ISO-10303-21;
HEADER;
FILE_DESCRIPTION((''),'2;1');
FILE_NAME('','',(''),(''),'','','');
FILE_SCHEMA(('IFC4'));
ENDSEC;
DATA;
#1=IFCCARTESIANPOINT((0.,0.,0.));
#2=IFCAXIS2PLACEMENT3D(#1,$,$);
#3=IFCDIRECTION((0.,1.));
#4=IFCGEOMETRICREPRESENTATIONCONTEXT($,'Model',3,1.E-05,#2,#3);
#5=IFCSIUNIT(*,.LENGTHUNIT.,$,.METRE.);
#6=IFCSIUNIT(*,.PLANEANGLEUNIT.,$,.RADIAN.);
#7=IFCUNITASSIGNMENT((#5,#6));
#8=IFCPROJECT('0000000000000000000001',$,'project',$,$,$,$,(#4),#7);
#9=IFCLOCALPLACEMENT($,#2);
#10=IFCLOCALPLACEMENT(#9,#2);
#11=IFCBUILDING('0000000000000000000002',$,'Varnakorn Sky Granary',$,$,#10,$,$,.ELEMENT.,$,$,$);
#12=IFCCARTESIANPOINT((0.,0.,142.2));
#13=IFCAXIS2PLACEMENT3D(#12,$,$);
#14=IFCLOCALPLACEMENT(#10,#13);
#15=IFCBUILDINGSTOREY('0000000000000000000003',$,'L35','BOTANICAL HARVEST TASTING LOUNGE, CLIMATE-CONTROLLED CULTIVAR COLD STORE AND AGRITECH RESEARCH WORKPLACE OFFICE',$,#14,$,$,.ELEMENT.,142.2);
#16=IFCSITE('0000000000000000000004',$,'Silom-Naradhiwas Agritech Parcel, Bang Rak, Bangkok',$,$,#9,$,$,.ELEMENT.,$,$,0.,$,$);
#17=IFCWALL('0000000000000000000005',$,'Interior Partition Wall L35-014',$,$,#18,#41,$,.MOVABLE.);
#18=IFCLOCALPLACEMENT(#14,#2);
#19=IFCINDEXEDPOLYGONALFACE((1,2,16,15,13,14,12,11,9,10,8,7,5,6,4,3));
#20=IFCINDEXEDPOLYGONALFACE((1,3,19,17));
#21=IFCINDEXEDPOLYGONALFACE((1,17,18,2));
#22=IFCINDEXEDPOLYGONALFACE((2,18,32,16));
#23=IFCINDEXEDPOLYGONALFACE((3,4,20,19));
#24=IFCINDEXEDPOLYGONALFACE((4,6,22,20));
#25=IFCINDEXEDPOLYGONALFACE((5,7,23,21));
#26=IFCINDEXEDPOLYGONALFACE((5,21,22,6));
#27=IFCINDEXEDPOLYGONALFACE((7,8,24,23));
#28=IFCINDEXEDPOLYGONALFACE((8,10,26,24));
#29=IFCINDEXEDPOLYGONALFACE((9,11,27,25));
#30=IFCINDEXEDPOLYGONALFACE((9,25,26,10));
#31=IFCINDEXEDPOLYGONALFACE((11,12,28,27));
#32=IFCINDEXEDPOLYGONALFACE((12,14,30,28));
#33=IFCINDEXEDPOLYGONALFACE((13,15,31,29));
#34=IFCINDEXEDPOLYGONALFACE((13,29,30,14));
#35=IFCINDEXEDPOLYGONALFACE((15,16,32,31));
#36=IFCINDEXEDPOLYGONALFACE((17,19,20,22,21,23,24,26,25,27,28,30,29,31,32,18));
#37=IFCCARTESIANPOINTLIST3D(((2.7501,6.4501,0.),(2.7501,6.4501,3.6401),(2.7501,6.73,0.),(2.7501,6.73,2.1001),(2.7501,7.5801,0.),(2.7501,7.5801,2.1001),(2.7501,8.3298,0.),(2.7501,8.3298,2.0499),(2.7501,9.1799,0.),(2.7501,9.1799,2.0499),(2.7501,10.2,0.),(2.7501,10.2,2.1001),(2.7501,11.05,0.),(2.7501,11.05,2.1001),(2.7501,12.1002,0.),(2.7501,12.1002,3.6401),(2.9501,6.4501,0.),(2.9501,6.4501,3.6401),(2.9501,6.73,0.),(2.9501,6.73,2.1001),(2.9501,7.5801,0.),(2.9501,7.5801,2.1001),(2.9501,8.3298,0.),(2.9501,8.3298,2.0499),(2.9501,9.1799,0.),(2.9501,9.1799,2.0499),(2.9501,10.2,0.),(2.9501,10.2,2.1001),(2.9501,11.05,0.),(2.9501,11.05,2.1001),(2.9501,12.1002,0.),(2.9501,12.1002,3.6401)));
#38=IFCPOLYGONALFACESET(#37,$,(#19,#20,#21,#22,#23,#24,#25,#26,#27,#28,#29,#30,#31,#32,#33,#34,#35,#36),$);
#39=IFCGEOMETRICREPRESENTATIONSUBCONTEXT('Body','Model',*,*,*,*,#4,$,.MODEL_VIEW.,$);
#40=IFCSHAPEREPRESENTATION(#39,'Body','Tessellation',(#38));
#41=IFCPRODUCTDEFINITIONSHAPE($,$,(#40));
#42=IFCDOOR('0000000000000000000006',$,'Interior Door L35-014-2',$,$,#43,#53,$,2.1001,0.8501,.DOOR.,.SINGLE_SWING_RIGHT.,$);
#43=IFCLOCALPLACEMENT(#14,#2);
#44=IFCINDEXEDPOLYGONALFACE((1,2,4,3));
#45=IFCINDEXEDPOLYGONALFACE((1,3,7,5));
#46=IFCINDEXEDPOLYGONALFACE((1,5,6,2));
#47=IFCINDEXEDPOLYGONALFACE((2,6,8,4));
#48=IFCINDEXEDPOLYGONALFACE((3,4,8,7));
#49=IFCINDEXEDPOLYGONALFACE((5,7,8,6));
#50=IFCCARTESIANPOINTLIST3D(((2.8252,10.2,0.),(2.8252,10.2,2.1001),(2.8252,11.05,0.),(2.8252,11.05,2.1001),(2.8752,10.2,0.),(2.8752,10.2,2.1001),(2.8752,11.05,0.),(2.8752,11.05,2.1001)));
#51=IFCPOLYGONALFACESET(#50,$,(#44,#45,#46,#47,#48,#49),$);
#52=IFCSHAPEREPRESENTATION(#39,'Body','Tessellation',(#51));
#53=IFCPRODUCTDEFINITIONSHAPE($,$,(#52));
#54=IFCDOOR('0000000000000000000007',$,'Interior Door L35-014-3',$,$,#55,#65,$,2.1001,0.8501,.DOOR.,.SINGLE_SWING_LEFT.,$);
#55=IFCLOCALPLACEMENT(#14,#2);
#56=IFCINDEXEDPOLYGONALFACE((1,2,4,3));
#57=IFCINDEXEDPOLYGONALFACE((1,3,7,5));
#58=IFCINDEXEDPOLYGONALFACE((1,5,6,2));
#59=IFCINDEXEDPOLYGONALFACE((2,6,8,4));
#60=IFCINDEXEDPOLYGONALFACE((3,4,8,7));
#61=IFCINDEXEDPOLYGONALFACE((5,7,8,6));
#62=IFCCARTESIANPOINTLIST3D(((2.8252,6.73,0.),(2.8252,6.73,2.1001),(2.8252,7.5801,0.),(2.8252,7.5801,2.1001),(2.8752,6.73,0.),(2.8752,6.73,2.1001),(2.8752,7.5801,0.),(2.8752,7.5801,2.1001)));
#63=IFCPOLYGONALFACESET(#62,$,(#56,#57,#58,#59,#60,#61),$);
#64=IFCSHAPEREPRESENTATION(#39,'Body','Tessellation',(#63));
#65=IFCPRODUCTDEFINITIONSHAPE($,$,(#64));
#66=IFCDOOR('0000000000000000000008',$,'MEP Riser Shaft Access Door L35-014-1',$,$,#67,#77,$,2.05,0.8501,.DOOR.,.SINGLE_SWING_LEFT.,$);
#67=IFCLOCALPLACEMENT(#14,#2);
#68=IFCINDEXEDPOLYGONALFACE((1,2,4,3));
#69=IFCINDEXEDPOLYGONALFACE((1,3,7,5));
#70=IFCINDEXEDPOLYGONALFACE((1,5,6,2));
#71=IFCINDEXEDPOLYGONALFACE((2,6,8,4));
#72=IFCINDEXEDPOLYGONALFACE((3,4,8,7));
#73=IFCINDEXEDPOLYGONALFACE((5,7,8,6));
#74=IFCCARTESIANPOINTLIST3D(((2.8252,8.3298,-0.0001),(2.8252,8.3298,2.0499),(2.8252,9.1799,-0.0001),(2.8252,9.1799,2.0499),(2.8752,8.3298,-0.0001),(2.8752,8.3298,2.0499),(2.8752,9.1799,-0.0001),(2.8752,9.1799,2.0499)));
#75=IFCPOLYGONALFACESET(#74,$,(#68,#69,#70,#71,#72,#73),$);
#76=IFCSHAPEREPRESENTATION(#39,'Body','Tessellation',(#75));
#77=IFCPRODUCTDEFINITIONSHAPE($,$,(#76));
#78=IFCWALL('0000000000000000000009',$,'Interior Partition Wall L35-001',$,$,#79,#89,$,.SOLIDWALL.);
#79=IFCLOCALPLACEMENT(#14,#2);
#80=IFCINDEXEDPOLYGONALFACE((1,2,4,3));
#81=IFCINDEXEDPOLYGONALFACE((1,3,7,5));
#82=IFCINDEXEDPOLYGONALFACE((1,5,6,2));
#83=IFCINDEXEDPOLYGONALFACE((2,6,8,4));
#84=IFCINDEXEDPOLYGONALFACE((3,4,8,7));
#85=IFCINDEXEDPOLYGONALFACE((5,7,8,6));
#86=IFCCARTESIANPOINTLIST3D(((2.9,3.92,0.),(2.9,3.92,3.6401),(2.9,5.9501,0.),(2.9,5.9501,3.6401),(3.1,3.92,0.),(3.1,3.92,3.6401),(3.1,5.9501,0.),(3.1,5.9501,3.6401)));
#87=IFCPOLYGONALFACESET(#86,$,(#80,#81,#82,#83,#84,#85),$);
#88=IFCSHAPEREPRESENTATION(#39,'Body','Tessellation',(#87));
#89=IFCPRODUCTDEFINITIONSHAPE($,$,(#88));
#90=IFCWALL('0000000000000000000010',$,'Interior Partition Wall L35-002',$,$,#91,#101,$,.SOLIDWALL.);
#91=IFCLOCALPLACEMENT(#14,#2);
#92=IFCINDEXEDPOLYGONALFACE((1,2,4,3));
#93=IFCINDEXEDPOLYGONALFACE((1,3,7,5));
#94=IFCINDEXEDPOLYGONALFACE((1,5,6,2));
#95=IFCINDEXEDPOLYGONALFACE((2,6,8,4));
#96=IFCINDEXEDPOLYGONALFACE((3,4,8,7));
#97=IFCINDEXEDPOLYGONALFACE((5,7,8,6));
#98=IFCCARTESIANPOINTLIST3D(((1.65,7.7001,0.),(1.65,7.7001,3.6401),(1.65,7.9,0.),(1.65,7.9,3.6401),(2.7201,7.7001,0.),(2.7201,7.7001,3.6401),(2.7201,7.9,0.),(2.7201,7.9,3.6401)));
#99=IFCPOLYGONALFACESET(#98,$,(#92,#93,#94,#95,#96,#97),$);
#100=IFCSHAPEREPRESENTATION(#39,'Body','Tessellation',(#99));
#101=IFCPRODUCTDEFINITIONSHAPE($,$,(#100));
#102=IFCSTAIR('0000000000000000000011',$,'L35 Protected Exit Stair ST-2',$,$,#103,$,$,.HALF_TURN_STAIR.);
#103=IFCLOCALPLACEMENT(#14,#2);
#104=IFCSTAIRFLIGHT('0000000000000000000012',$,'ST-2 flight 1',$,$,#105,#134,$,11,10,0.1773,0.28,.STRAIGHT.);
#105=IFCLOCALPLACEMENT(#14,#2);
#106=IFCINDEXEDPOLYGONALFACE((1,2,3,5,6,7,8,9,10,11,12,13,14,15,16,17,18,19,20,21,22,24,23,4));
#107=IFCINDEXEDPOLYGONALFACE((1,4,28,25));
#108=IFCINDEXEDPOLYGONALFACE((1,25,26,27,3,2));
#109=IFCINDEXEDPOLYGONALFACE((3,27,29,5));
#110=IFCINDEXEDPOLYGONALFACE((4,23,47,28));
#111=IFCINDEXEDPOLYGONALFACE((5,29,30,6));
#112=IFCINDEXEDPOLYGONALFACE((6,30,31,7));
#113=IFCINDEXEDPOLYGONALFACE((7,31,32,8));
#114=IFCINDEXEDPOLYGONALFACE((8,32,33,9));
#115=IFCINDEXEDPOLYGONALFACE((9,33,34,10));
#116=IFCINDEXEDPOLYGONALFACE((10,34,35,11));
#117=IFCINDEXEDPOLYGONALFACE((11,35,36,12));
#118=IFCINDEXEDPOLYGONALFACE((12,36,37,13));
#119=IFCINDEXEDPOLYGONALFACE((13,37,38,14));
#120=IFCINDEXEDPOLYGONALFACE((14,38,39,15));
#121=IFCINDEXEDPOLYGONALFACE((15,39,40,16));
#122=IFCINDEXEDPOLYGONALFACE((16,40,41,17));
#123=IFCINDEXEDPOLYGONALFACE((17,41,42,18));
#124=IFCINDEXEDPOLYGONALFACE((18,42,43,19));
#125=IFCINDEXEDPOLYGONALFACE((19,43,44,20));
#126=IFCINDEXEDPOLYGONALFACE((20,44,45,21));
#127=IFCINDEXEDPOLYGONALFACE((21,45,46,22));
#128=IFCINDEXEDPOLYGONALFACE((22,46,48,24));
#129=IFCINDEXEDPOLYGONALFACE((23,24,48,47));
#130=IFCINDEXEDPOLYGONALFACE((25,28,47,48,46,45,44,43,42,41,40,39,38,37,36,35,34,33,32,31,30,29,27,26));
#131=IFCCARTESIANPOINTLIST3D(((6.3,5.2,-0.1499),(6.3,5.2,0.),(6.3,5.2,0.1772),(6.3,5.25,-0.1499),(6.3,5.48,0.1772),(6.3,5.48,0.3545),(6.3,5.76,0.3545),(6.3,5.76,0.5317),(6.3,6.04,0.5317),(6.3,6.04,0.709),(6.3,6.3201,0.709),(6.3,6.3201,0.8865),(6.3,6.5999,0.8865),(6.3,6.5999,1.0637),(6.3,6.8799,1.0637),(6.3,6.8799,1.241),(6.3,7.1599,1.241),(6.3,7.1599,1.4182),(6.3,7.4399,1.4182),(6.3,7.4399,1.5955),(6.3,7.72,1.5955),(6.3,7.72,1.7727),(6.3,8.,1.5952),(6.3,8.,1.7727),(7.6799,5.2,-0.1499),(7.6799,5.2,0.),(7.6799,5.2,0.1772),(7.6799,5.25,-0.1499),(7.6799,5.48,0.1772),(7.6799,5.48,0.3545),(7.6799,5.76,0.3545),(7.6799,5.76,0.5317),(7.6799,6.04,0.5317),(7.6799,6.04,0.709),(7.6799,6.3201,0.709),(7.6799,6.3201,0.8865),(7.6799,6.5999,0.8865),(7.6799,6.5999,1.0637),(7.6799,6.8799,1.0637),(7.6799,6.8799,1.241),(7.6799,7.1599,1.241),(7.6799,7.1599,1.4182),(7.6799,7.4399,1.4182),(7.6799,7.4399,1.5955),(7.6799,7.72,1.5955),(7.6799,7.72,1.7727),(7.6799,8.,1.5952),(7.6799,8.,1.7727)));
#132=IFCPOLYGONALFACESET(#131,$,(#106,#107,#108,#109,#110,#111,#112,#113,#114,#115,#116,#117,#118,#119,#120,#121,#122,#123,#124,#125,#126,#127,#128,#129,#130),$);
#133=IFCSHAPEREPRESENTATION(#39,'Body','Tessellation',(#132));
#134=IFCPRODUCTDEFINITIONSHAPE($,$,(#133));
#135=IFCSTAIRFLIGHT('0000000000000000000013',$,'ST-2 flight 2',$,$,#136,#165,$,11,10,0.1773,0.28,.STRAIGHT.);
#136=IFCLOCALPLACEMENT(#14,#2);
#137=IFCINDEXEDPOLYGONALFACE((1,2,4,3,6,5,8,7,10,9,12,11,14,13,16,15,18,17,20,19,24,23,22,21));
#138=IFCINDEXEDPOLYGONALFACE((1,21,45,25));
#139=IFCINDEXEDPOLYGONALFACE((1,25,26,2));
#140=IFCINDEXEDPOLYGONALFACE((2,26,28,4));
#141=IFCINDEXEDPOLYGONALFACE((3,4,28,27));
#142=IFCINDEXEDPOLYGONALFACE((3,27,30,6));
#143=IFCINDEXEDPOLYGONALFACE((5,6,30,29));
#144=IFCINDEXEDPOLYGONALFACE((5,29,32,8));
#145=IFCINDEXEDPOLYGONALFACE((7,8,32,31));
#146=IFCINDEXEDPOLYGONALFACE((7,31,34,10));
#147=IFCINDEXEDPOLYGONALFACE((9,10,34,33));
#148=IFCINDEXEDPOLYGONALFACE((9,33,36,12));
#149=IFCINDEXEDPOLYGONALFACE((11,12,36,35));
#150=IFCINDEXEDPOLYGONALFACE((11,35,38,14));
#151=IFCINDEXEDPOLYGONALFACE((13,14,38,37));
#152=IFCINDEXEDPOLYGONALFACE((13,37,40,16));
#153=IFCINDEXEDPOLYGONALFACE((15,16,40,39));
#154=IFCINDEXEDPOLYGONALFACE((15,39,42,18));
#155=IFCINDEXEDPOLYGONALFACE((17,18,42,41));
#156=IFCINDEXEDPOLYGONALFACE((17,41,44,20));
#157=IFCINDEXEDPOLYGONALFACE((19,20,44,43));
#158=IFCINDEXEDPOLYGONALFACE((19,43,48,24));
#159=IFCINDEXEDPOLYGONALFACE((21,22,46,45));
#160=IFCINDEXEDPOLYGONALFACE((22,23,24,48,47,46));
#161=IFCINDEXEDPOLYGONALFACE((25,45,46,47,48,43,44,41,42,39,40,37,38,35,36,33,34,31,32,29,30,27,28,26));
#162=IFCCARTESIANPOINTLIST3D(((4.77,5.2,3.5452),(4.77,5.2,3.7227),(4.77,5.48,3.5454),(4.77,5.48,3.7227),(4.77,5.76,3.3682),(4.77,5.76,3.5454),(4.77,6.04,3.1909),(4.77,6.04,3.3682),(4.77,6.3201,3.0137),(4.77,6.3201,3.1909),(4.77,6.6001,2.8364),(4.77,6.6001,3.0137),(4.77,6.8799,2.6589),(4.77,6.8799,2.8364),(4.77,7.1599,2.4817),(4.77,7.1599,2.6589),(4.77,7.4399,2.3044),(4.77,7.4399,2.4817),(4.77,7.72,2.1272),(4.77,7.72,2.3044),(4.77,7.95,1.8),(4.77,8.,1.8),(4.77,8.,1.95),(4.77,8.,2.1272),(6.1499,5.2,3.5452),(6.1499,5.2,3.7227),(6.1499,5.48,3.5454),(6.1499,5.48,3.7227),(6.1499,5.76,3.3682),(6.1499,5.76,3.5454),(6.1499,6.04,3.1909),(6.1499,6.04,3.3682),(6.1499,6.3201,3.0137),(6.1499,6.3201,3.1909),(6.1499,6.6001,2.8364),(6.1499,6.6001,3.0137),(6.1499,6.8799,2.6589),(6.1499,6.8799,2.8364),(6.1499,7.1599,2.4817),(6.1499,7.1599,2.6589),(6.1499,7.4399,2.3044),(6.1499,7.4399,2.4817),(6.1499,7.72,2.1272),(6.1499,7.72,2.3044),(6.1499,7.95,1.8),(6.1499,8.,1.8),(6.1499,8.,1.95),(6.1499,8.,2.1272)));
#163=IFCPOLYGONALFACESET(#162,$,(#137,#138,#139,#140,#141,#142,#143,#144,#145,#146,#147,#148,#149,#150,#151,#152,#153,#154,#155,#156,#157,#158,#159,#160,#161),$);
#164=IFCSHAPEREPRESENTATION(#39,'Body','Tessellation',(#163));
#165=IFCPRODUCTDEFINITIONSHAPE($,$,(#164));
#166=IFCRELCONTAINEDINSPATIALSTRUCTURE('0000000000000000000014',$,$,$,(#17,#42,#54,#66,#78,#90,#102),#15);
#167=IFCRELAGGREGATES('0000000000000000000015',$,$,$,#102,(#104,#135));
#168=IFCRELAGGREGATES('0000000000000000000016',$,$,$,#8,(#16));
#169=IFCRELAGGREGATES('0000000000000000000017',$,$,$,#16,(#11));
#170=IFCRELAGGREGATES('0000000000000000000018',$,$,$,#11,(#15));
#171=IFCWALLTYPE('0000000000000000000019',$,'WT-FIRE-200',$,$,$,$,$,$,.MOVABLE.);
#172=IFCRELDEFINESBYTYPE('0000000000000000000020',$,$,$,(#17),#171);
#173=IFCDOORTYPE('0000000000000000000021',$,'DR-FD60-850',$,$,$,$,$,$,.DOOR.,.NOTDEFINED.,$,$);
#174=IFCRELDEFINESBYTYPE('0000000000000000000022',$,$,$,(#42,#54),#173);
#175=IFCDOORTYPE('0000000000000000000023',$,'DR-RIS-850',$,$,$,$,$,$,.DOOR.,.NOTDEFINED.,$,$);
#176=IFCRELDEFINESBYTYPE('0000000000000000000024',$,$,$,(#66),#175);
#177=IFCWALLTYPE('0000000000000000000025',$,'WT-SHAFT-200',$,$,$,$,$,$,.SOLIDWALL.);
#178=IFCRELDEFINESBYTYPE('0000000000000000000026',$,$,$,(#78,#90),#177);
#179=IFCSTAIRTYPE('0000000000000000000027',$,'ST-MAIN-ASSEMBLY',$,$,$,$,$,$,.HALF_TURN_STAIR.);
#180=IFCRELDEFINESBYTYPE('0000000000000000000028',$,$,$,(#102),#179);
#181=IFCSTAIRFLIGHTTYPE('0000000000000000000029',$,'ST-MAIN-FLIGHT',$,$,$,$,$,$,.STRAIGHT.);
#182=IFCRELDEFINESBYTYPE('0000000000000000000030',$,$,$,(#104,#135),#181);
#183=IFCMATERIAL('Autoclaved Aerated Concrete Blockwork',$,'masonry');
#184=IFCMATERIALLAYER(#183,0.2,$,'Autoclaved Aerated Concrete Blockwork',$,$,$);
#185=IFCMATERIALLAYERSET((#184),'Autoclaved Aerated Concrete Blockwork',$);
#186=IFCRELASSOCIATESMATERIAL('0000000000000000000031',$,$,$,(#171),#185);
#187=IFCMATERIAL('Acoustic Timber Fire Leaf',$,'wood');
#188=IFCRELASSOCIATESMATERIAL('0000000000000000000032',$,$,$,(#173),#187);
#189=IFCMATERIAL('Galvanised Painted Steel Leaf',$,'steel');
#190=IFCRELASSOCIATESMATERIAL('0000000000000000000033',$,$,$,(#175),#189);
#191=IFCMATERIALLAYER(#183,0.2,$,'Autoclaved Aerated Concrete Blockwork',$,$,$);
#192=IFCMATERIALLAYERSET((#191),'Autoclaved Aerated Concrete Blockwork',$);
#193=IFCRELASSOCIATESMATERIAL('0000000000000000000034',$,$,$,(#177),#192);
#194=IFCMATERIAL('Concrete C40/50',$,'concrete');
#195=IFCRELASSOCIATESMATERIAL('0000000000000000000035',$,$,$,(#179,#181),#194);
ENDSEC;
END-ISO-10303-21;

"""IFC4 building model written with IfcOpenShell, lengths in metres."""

from ifc_helpers import new_model, si_unit, direction, frame, frame_2d, origin, place, context, subcontext, project, spatial, polyline, rectangle, outline, extrude, material, layer, layer_set, type_object, element, fill, aggregate, save


model = new_model("IFC4")

# Units and contexts
model_context = context("Model", 3, precision=1e-05, world=origin(), true_north=direction((0.0, 1.0)))
body_context = subcontext(model_context, "Body", "Model", "MODEL_VIEW")
ifc_project = project(units=[si_unit("LENGTHUNIT", "METRE"), si_unit("PLANEANGLEUNIT", "RADIAN")], contexts=[model_context])

# Site, building, storey
site_placement = place(None, origin())
site = spatial("IfcSite", under=ifc_project, at=site_placement, Name="Silom-Naradhiwas Agritech Parcel, Bang Rak, Bangkok", CompositionType="ELEMENT", RefElevation=0.0)
building_placement = place(site_placement, origin())
building = spatial("IfcBuilding", under=site, at=building_placement, Name="Varnakorn Sky Granary", CompositionType="ELEMENT")
storey_placement = place(building_placement, frame((0.0, 0.0, 142.2)))
storey = spatial("IfcBuildingStorey", under=building, at=storey_placement, Name="L35", Description="BOTANICAL HARVEST TASTING LOUNGE, CLIMATE-CONTROLLED CULTIVAR COLD STORE AND AGRITECH RESEARCH WORKPLACE OFFICE", CompositionType="ELEMENT", Elevation=142.2)

# Wall, openings, doors
ifc_material_1 = material(Name="Autoclaved Aerated Concrete Blockwork", Category="masonry")
ifc_layer_1 = layer(ifc_material_1, 0.2, Name="Autoclaved Aerated Concrete Blockwork")
ifc_layer_set_1 = layer_set([ifc_layer_1], Name="Autoclaved Aerated Concrete Blockwork")
wall_type_1 = type_object("IfcWallType", Name="WT-FIRE-200", PredefinedType="MOVABLE", material=ifc_layer_set_1)
wall_1_placement = place(storey_placement, frame((2.8501, 6.45, 0.0), z_axis=(0.0, 0.0, 1.0), x_axis=(0.0, 1.0, 0.0)))
wall_1 = element("IfcWall", 1, at=wall_1_placement, inside=storey, type_object=wall_type_1, Name="Interior Partition Wall L35-014", PredefinedType="MOVABLE", context=body_context, shape_type="SweptSolid", body=[
    extrude(rectangle(XDim=5.6501, YDim=0.2, at=frame_2d((2.8252, 0.0))), origin(), (0.0, 0.0, 1.0), 3.6401),
])
opening_1_placement = place(wall_1_placement, frame((1.8799, 0.0, 0.0)))
opening_1 = element("IfcOpeningElement", 2, at=opening_1_placement, cuts=wall_1, PredefinedType="OPENING", context=body_context, shape_type="SweptSolid", body=[
    extrude(rectangle(XDim=0.8501, YDim=2.05, at=frame_2d((0.425, 1.0249))), frame((0.0, 0.1099, 0.0), z_axis=(0.0, -1.0, 0.0), x_axis=(1.0, 0.0, 0.0)), (0.0, 0.0, 1.0), 0.22),
])
opening_2_placement = place(wall_1_placement, frame((3.75, 0.0, 0.0)))
opening_2 = element("IfcOpeningElement", 3, at=opening_2_placement, cuts=wall_1, PredefinedType="OPENING", context=body_context, shape_type="SweptSolid", body=[
    extrude(rectangle(XDim=0.8501, YDim=2.1001, at=frame_2d((0.425, 1.05))), frame((0.0, 0.1099, 0.0), z_axis=(0.0, -1.0, 0.0), x_axis=(1.0, 0.0, 0.0)), (0.0, 0.0, 1.0), 0.22),
])
opening_3_placement = place(wall_1_placement, frame((0.28, 0.0, 0.0)))
opening_3 = element("IfcOpeningElement", 4, at=opening_3_placement, cuts=wall_1, PredefinedType="OPENING", context=body_context, shape_type="SweptSolid", body=[
    extrude(rectangle(XDim=0.8501, YDim=2.1001, at=frame_2d((0.425, 1.05))), frame((0.0, 0.1099, 0.0), z_axis=(0.0, -1.0, 0.0), x_axis=(1.0, 0.0, 0.0)), (0.0, 0.0, 1.0), 0.22),
])
ifc_material_2 = material(Name="Acoustic Timber Fire Leaf", Category="wood")
door_type_1 = type_object("IfcDoorType", Name="DR-FD60-850", OperationType="NOTDEFINED", PredefinedType="DOOR", material=ifc_material_2)
door_1_placement = place(opening_2_placement, origin())
door_1 = element("IfcDoor", 5, at=door_1_placement, inside=storey, type_object=door_type_1, Name="Interior Door L35-014-2", OperationType="SINGLE_SWING_RIGHT", OverallHeight=2.1001, OverallWidth=0.8501, PredefinedType="DOOR", context=body_context, shape_type="SweptSolid", body=[
    extrude(rectangle(XDim=0.8501, YDim=2.1001, at=frame_2d((0.425, 1.05))), frame((0.0, 0.0249, 0.0), z_axis=(0.0, -1.0, 0.0), x_axis=(1.0, 0.0, 0.0)), (0.0, 0.0, 1.0), 0.05),
])
fill(opening_2, door_1)
door_2_placement = place(opening_3_placement, origin())
door_2 = element("IfcDoor", 6, at=door_2_placement, inside=storey, type_object=door_type_1, Name="Interior Door L35-014-3", OperationType="SINGLE_SWING_LEFT", OverallHeight=2.1001, OverallWidth=0.8501, PredefinedType="DOOR", context=body_context, shape_type="SweptSolid", body=[
    extrude(rectangle(XDim=0.8501, YDim=2.1001, at=frame_2d((0.425, 1.05))), frame((0.0, 0.0249, 0.0), z_axis=(0.0, -1.0, 0.0), x_axis=(1.0, 0.0, 0.0)), (0.0, 0.0, 1.0), 0.05),
])
fill(opening_3, door_2)
ifc_material_3 = material(Name="Galvanised Painted Steel Leaf", Category="steel")
door_type_2 = type_object("IfcDoorType", Name="DR-RIS-850", OperationType="NOTDEFINED", PredefinedType="DOOR", material=ifc_material_3)
door_3_placement = place(opening_1_placement, origin())
door_3 = element("IfcDoor", 7, at=door_3_placement, inside=storey, type_object=door_type_2, Name="MEP Riser Shaft Access Door L35-014-1", OperationType="SINGLE_SWING_LEFT", OverallHeight=2.05, OverallWidth=0.8501, PredefinedType="DOOR", context=body_context, shape_type="SweptSolid", body=[
    extrude(rectangle(XDim=0.8501, YDim=2.05, at=frame_2d((0.425, 1.0249))), frame((0.0, 0.0249, 0.0), z_axis=(0.0, -1.0, 0.0), x_axis=(1.0, 0.0, 0.0)), (0.0, 0.0, 1.0), 0.05),
])
fill(opening_1, door_3)

# Walls
ifc_layer_2 = layer(ifc_material_1, 0.2, Name="Autoclaved Aerated Concrete Blockwork")
ifc_layer_set_2 = layer_set([ifc_layer_2], Name="Autoclaved Aerated Concrete Blockwork")
wall_type_2 = type_object("IfcWallType", Name="WT-SHAFT-200", PredefinedType="SOLIDWALL", material=ifc_layer_set_2)
wall_2_placement = place(storey_placement, frame((3.0, 3.9199, 0.0), z_axis=(0.0, 0.0, 1.0), x_axis=(0.0, 1.0, 0.0)))
element("IfcWall", 8, at=wall_2_placement, inside=storey, type_object=wall_type_2, Name="Interior Partition Wall L35-001", PredefinedType="SOLIDWALL", context=body_context, shape_type="SweptSolid", body=[
    extrude(rectangle(XDim=2.03, YDim=0.2, at=frame_2d((1.0151, 0.0))), origin(), (0.0, 0.0, 1.0), 3.6401),
])
wall_3_placement = place(storey_placement, frame((1.6499, 7.8, 0.0), z_axis=(0.0, 0.0, 1.0), x_axis=(1.0, 0.0, 0.0)))
element("IfcWall", 9, at=wall_3_placement, inside=storey, type_object=wall_type_2, Name="Interior Partition Wall L35-002", PredefinedType="SOLIDWALL", context=body_context, shape_type="SweptSolid", body=[
    extrude(rectangle(XDim=1.0701, YDim=0.2, at=frame_2d((0.5352, 0.0))), origin(), (0.0, 0.0, 1.0), 3.6401),
])

# Stair, stair flights
ifc_material_4 = material(Name="Concrete C40/50", Category="concrete")
stair_type = type_object("IfcStairType", Name="ST-MAIN-ASSEMBLY", PredefinedType="HALF_TURN_STAIR", material=ifc_material_4)
stair_placement = place(storey_placement, origin())
stair = element("IfcStair", 10, at=stair_placement, inside=storey, type_object=stair_type, Name="L35 Protected Exit Stair ST-2", PredefinedType="HALF_TURN_STAIR")
stair_flight_type = type_object("IfcStairFlightType", Name="ST-MAIN-FLIGHT", PredefinedType="STRAIGHT", material=ifc_material_4)
stair_flight_1_placement = place(storey_placement, frame((6.99, 5.2, 0.0), z_axis=(0.0, 0.0, 1.0), x_axis=(0.0, 1.0, 0.0)))
stair_flight_1 = element("IfcStairFlight", 11, at=stair_flight_1_placement, type_object=stair_flight_type, Name="ST-2 flight 1", NumberOfRisers=11, NumberOfTreads=10, PredefinedType="STRAIGHT", RiserHeight=0.1773, TreadLength=0.28, context=body_context, shape_type="SweptSolid", body=[
    extrude(outline(polyline([(0.0, -0.1499), (0.0, 0.0), (0.0, 0.1772), (0.28, 0.1772), (0.28, 0.3545), (0.5601, 0.3545), (0.5601, 0.5317), (0.8401, 0.5317), (0.8401, 0.709), (1.1201, 0.709), (1.1201, 0.8865), (1.3999, 0.8865), (1.3999, 1.0637), (1.6799, 1.0637), (1.6799, 1.241), (1.96, 1.241), (1.96, 1.4182), (2.24, 1.4182), (2.24, 1.5955), (2.52, 1.5955), (2.52, 1.7727), (2.8, 1.7727), (2.8, 1.95), (2.8, 1.5952), (0.05, -0.1499), (0.0, -0.1499)])), frame((0.0, 0.6899, 0.0), z_axis=(0.0, -1.0, 0.0), x_axis=(1.0, 0.0, 0.0)), (0.0, 0.0, 1.0), 1.3799),
])
stair_flight_2_placement = place(storey_placement, frame((5.46, 8.0, 1.95), z_axis=(0.0, 0.0, 1.0), x_axis=(0.0, -1.0, 0.0)))
stair_flight_2 = element("IfcStairFlight", 12, at=stair_flight_2_placement, type_object=stair_flight_type, Name="ST-2 flight 2", NumberOfRisers=11, NumberOfTreads=10, PredefinedType="STRAIGHT", RiserHeight=0.1773, TreadLength=0.28, context=body_context, shape_type="SweptSolid", body=[
    extrude(outline(polyline([(0.0, -0.1499), (0.0, 0.0), (0.0, 0.1772), (0.28, 0.1772), (0.28, 0.3545), (0.5601, 0.3545), (0.5601, 0.5317), (0.8401, 0.5317), (0.8401, 0.709), (1.1201, 0.709), (1.1201, 0.8865), (1.3999, 0.8865), (1.3999, 1.0637), (1.6799, 1.0637), (1.6799, 1.241), (1.96, 1.241), (1.96, 1.4182), (2.24, 1.4182), (2.24, 1.5955), (2.52, 1.5955), (2.52, 1.7727), (2.8, 1.7727), (2.8, 1.95), (2.8, 1.5952), (0.05, -0.1499), (0.0, -0.1499)])), frame((0.0, 0.6899, 0.0), z_axis=(0.0, -1.0, 0.0), x_axis=(1.0, 0.0, 0.0)), (0.0, 0.0, 1.0), 1.3799),
])
aggregate(stair, [stair_flight_1, stair_flight_2])

save(model, "model.ifc")
